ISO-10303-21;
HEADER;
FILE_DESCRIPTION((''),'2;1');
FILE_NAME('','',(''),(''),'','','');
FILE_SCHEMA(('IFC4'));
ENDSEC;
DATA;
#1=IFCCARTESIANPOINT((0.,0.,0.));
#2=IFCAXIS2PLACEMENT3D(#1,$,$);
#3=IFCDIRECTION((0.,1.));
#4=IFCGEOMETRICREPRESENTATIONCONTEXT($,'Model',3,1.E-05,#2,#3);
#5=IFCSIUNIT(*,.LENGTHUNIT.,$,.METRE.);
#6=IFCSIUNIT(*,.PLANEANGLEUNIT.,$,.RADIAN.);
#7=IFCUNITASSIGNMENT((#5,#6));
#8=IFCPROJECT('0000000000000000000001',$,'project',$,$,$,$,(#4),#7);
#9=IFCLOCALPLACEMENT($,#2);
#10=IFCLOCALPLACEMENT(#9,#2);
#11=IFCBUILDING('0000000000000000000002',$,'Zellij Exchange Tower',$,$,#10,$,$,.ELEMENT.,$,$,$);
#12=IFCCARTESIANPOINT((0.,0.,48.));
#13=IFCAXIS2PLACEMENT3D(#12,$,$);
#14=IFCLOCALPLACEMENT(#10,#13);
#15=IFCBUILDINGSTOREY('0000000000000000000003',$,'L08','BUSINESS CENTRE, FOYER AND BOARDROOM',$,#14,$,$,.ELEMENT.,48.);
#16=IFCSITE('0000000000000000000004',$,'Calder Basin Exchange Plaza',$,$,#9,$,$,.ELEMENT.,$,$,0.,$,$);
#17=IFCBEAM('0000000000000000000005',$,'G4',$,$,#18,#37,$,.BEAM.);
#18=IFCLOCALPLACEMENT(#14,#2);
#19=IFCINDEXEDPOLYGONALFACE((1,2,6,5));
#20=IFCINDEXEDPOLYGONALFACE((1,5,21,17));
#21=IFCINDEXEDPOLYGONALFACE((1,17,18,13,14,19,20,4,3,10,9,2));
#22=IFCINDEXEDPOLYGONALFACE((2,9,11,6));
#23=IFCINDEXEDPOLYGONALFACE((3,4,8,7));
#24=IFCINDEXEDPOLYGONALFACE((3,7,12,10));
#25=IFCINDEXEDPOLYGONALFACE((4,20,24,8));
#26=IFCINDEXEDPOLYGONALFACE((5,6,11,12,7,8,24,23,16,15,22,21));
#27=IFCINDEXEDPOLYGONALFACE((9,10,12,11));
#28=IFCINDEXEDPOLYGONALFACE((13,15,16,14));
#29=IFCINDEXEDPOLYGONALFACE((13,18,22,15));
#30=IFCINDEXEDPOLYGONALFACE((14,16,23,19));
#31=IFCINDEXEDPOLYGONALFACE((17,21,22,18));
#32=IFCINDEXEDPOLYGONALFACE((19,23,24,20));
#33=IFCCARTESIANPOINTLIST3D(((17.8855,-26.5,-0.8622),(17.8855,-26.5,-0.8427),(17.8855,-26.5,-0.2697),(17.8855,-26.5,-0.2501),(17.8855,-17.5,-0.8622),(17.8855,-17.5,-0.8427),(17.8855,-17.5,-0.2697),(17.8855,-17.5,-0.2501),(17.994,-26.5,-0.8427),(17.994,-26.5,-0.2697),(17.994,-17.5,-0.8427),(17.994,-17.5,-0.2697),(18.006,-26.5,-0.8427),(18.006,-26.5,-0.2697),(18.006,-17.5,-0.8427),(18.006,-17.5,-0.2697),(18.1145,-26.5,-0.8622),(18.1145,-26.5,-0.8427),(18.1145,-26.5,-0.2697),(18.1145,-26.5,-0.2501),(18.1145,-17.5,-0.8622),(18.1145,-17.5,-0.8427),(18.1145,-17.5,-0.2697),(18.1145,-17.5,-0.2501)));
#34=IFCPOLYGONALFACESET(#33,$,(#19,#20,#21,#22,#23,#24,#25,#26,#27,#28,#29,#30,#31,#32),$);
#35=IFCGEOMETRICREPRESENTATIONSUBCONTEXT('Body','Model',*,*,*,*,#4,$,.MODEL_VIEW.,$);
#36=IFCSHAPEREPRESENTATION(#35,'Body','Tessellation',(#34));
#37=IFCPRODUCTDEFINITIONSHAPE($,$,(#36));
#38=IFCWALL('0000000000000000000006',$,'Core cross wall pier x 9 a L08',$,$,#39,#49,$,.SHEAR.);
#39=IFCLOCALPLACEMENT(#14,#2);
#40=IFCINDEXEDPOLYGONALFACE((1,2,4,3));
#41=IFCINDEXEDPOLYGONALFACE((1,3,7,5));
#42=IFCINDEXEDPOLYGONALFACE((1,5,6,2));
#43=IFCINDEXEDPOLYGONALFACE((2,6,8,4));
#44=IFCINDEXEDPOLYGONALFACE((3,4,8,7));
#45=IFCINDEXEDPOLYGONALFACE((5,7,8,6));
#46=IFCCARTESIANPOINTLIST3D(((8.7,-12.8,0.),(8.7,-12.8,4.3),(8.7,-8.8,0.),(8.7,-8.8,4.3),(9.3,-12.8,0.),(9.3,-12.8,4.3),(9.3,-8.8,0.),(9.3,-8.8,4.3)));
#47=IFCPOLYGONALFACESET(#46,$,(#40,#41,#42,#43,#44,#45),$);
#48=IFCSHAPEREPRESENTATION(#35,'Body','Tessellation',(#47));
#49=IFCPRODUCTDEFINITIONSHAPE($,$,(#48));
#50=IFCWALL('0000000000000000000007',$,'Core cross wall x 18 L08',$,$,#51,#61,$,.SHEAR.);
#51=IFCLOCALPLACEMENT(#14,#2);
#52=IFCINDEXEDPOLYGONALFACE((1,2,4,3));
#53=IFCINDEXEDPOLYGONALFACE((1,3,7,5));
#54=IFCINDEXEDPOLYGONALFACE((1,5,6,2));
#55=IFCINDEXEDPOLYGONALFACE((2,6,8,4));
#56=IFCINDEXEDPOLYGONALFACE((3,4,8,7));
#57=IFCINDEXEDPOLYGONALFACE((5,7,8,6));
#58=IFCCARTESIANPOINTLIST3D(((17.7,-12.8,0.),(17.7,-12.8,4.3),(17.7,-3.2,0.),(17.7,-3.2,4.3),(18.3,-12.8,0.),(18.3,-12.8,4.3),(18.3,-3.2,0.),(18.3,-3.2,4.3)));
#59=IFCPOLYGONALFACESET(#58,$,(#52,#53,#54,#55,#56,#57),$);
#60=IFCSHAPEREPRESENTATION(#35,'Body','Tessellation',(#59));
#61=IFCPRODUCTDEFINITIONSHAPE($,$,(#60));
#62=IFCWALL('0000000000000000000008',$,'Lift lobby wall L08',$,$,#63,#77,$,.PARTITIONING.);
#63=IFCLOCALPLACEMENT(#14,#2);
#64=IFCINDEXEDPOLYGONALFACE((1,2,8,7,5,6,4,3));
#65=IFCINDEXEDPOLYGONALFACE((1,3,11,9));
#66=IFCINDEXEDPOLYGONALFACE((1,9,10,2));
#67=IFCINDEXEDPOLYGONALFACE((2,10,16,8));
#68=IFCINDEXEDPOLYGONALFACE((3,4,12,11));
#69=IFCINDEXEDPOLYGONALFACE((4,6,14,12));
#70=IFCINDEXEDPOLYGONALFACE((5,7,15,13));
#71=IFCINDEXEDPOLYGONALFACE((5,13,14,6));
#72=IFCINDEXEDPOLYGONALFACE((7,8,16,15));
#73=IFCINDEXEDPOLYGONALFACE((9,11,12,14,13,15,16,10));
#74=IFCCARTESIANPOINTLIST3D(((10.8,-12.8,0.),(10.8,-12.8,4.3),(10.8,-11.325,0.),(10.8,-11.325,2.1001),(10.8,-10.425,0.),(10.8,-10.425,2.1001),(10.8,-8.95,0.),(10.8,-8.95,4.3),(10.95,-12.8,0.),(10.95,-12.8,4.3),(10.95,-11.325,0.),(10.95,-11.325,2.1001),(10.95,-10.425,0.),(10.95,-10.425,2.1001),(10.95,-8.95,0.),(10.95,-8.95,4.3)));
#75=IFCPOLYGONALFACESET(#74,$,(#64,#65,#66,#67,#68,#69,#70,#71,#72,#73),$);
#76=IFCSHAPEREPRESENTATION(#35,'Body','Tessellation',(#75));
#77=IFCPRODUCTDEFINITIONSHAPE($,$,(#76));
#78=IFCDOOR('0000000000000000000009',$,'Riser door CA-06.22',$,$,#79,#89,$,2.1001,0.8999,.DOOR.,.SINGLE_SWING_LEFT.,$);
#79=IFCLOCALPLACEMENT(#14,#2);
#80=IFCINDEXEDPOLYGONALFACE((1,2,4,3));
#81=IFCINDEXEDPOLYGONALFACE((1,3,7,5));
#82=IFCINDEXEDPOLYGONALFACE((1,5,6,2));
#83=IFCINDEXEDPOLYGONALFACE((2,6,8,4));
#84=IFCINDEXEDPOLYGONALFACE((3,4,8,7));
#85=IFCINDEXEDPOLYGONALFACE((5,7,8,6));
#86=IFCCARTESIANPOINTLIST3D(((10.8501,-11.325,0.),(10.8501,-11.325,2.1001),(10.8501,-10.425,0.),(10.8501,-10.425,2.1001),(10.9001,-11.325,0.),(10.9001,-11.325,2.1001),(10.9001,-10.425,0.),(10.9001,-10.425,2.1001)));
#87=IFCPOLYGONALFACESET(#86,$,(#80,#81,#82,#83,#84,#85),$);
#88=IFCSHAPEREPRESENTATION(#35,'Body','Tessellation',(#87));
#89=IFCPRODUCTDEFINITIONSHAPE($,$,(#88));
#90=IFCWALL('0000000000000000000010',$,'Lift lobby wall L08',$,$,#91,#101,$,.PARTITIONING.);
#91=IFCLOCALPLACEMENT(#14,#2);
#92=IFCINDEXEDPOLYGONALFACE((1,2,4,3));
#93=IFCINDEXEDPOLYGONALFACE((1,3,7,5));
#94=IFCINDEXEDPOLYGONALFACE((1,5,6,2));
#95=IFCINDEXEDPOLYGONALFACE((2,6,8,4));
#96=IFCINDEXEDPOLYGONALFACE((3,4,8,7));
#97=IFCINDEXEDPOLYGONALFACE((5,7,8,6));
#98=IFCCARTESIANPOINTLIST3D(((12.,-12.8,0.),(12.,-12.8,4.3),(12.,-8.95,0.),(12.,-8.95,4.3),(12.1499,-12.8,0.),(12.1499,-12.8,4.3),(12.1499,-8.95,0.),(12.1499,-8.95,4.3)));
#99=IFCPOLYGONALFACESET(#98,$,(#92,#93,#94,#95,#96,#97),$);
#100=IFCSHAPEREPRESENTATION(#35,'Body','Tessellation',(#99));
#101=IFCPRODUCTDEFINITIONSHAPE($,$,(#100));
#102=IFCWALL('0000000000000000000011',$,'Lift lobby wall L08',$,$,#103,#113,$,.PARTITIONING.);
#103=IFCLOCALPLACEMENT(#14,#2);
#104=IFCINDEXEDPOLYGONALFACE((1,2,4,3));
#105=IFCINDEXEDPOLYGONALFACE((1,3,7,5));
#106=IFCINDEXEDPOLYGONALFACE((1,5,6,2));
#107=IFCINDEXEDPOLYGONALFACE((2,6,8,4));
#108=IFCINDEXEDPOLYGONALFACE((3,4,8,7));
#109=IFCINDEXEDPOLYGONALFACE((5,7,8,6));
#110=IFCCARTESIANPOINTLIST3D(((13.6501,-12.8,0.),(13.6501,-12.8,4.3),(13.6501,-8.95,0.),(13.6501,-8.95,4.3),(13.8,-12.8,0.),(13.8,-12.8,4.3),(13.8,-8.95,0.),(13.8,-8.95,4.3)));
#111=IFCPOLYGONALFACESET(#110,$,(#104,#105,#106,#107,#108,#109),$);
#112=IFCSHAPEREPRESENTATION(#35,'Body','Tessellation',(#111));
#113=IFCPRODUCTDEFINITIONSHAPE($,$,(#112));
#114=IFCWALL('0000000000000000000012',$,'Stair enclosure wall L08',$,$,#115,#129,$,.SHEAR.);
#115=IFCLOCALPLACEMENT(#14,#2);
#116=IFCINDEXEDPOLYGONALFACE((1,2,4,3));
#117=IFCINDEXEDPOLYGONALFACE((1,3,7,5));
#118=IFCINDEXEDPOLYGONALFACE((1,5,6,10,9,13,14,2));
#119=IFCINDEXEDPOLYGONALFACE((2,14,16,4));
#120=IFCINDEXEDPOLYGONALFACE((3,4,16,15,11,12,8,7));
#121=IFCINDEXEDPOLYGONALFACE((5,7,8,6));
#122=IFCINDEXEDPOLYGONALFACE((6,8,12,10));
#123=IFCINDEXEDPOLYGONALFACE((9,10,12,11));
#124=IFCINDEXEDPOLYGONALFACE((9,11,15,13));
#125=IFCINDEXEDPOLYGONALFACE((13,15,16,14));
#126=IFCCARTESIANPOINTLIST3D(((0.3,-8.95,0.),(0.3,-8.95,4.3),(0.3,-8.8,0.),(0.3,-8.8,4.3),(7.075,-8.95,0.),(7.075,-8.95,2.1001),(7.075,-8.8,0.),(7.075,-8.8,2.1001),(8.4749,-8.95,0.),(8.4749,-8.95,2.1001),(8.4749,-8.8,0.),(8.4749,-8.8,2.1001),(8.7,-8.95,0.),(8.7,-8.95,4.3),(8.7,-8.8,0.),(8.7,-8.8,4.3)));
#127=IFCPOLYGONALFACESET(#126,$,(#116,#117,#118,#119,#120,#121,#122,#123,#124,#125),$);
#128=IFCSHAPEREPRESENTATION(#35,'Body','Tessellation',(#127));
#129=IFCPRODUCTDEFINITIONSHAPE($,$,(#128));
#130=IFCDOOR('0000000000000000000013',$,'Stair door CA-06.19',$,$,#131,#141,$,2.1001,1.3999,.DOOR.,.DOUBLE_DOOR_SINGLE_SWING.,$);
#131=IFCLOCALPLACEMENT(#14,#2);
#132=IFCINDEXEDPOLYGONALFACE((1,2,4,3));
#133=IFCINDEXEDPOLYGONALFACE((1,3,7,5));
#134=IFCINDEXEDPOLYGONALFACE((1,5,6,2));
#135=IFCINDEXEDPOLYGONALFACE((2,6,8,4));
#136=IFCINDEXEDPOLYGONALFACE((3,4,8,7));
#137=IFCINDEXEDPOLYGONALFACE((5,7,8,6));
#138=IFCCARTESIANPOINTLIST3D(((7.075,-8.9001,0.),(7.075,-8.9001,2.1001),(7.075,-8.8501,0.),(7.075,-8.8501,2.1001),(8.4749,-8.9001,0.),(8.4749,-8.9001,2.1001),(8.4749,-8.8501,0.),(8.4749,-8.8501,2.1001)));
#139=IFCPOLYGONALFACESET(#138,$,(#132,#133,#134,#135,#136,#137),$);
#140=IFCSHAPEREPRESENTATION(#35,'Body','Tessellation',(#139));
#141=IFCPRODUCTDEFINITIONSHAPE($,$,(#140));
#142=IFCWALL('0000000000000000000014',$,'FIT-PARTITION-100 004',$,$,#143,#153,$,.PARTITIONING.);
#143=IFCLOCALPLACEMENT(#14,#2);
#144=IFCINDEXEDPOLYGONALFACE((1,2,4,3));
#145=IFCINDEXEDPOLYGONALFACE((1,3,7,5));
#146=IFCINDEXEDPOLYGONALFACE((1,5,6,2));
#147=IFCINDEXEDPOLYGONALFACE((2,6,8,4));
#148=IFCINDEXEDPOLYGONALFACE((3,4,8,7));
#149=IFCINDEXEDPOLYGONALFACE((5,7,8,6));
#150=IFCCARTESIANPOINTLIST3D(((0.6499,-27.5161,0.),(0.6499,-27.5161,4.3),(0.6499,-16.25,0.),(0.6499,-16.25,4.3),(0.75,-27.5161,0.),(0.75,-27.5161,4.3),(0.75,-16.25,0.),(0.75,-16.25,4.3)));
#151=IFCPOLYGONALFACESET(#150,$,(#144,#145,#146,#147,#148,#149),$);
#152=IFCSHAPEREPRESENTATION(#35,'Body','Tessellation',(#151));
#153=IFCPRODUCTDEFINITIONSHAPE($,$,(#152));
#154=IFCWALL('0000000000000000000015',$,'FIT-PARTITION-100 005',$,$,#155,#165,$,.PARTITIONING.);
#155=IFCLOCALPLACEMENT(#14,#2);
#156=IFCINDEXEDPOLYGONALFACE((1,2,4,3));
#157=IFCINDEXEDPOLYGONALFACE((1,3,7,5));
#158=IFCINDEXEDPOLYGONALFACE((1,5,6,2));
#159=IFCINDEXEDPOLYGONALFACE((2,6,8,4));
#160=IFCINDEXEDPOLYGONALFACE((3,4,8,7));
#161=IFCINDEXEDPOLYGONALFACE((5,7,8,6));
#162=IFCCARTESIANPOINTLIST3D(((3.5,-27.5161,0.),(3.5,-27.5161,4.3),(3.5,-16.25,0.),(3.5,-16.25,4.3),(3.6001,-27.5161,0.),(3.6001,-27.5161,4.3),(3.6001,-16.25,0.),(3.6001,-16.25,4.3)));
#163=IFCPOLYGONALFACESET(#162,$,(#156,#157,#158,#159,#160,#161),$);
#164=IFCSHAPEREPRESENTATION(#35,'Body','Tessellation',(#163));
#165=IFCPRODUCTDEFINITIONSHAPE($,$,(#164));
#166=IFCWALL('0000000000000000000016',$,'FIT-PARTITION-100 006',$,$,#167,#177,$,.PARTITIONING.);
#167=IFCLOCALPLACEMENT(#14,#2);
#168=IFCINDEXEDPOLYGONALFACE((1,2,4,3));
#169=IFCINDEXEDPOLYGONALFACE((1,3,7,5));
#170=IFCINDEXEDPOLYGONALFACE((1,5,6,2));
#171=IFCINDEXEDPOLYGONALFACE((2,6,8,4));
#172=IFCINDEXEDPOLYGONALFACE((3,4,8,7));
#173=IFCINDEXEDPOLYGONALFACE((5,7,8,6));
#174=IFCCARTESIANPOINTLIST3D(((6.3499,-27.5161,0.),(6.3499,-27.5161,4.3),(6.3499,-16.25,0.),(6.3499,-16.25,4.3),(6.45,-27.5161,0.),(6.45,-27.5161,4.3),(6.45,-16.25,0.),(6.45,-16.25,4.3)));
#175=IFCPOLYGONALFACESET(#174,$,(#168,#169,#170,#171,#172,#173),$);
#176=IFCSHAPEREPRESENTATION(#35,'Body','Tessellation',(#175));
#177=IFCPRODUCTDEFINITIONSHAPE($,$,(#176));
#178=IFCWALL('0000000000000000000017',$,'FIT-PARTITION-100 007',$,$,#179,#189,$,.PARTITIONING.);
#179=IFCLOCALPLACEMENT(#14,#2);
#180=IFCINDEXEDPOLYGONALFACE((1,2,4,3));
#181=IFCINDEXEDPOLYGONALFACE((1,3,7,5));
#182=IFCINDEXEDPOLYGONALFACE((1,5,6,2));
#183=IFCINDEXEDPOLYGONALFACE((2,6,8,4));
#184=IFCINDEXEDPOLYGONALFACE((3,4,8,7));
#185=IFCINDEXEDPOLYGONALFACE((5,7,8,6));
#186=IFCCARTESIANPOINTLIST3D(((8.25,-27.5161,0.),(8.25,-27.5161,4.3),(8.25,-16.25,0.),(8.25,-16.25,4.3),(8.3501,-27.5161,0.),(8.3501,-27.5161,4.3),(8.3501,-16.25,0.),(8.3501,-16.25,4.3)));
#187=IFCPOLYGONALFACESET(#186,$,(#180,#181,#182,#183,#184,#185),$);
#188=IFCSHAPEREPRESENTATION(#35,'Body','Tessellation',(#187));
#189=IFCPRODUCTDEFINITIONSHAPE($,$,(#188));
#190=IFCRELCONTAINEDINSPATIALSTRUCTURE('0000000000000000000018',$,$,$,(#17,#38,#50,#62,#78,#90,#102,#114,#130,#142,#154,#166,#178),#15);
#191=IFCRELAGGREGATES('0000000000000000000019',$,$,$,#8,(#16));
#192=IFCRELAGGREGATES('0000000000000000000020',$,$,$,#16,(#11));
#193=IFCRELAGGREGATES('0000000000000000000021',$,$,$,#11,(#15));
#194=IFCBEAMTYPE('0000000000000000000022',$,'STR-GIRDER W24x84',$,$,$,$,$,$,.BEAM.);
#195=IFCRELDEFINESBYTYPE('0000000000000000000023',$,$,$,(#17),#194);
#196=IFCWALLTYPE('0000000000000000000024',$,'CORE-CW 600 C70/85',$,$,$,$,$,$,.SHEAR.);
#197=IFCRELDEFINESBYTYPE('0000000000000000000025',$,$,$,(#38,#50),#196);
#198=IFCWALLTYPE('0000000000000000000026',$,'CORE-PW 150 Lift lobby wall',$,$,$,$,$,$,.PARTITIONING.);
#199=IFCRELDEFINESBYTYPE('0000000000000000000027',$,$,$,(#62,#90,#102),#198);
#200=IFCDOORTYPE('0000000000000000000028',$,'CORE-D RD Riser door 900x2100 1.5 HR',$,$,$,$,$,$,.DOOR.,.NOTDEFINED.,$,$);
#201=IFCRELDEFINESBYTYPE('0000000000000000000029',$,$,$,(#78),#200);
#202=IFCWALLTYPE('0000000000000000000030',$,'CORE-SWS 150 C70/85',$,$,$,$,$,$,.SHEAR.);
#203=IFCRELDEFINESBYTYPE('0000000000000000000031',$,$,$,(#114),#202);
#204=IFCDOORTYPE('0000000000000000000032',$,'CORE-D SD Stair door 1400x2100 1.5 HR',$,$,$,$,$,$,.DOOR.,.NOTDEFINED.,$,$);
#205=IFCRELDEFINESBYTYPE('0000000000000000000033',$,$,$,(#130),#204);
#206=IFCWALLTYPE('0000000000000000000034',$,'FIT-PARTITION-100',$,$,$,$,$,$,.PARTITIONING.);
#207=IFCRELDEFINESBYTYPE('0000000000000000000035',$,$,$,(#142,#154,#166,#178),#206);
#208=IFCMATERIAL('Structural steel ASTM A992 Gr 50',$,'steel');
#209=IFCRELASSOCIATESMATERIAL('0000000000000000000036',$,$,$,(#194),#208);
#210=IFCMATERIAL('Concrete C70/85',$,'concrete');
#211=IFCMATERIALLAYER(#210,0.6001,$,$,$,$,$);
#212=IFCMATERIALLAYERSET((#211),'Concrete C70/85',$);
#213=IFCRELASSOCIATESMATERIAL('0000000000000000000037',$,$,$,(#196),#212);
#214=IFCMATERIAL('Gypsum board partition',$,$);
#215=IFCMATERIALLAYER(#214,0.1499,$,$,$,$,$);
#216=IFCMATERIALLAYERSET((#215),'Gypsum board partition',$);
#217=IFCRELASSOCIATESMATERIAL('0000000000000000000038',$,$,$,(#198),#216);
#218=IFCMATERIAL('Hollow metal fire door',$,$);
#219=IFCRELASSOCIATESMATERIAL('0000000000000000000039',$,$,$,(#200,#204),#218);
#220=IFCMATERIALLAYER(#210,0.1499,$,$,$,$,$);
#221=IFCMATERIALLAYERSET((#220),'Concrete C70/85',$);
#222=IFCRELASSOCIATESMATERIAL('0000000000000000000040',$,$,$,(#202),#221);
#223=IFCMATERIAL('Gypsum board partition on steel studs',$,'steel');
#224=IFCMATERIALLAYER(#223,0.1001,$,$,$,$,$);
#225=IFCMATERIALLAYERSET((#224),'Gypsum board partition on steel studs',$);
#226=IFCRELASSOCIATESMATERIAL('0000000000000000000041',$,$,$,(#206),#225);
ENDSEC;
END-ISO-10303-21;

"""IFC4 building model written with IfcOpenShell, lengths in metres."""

from ifc_helpers import new_model, si_unit, direction, frame, frame_2d, origin, origin_2d, place, context, subcontext, project, spatial, rectangle, i_section, extrude, material, layer, layer_set, material_profile, profile_set, type_object, element, fill, save


model = new_model("IFC4")

# Units and contexts
model_context = context("Model", 3, precision=1e-05, world=origin(), true_north=direction((0.0, 1.0)))
body_context = subcontext(model_context, "Body", "Model", "MODEL_VIEW")
ifc_project = project(units=[si_unit("LENGTHUNIT", "METRE"), si_unit("PLANEANGLEUNIT", "RADIAN")], contexts=[model_context])

# Site, building, storey
site_placement = place(None, origin())
site = spatial("IfcSite", under=ifc_project, at=site_placement, Name="Calder Basin Exchange Plaza", CompositionType="ELEMENT", RefElevation=0.0)
building_placement = place(site_placement, origin())
building = spatial("IfcBuilding", under=site, at=building_placement, Name="Zellij Exchange Tower", CompositionType="ELEMENT")
storey_placement = place(building_placement, frame((0.0, 0.0, 48.0)))
storey = spatial("IfcBuildingStorey", under=building, at=storey_placement, Name="L08", Description="BUSINESS CENTRE, FOYER AND BOARDROOM", CompositionType="ELEMENT", Elevation=48.0)

# Shared definitions
ifc_material_1 = material(Name="Concrete C70/85", Category="concrete")

# Beam
ifc_material_2 = material(Name="Structural steel ASTM A992 Gr 50", Category="steel")
ifc_material_profile_1 = material_profile(ifc_material_2, i_section(OverallWidth=0.229, OverallDepth=0.6121, WebThickness=0.012, FlangeThickness=0.0195, at=origin_2d()), Name="W24x84")
ifc_profile_set_1 = profile_set([ifc_material_profile_1], Name="Structural steel ASTM A992 Gr 50")
beam_type_1 = type_object("IfcBeamType", Name="STR-GIRDER W24x84", PredefinedType="BEAM", material=ifc_profile_set_1)
for number, where, z_axis, x_axis, name in (
    (1, (18.0, -26.5, -0.5562), (0.0, 1.0, 0.0), (-1.0, 0.0, 0.0), "G4"),
):
    element("IfcBeam", number, at=place(storey_placement, frame(where, z_axis=z_axis, x_axis=x_axis)), inside=storey, type_object=beam_type_1, Name=name, PredefinedType="BEAM", context=body_context, shape_type="SweptSolid", body=[
        extrude(i_section(OverallWidth=0.229, OverallDepth=0.6121, WebThickness=0.012, FlangeThickness=0.0195, at=origin_2d()), origin(), (0.0, 0.0, 1.0), 9.0),
    ])

# Walls
ifc_layer_1 = layer(ifc_material_1, 0.6001)
ifc_layer_set_1 = layer_set([ifc_layer_1], Name="Concrete C70/85")
wall_type_1 = type_object("IfcWallType", Name="CORE-CW 600 C70/85", PredefinedType="SHEAR", material=ifc_layer_set_1)
wall_1_placement = place(storey_placement, frame((9.0, -12.8, 0.0), z_axis=(0.0, 0.0, 1.0), x_axis=(0.0, 1.0, 0.0)))
element("IfcWall", 2, at=wall_1_placement, inside=storey, type_object=wall_type_1, Name="Core cross wall pier x 9 a L08", PredefinedType="SHEAR", context=body_context, shape_type="SweptSolid", body=[
    extrude(rectangle(XDim=4.0, YDim=0.6001, at=frame_2d((2.0, 0.0))), origin(), (0.0, 0.0, 1.0), 4.3),
])
wall_2_placement = place(storey_placement, frame((18.0, -12.8, 0.0), z_axis=(0.0, 0.0, 1.0), x_axis=(0.0, 1.0, 0.0)))
element("IfcWall", 3, at=wall_2_placement, inside=storey, type_object=wall_type_1, Name="Core cross wall x 18 L08", PredefinedType="SHEAR", context=body_context, shape_type="SweptSolid", body=[
    extrude(rectangle(XDim=9.6001, YDim=0.6001, at=frame_2d((4.8, 0.0))), origin(), (0.0, 0.0, 1.0), 4.3),
])

# Wall, opening, door
ifc_material_3 = material(Name="Gypsum board partition")
ifc_layer_2 = layer(ifc_material_3, 0.1499)
ifc_layer_set_2 = layer_set([ifc_layer_2], Name="Gypsum board partition")
wall_type_2 = type_object("IfcWallType", Name="CORE-PW 150 Lift lobby wall", PredefinedType="PARTITIONING", material=ifc_layer_set_2)
wall_3_placement = place(storey_placement, frame((10.875, -12.8, 0.0), z_axis=(0.0, 0.0, 1.0), x_axis=(0.0, 1.0, 0.0)))
wall_3 = element("IfcWall", 4, at=wall_3_placement, inside=storey, type_object=wall_type_2, Name="Lift lobby wall L08", PredefinedType="PARTITIONING", context=body_context, shape_type="SweptSolid", body=[
    extrude(rectangle(XDim=3.8501, YDim=0.1499, at=frame_2d((1.925, 0.0))), origin(), (0.0, 0.0, 1.0), 4.3),
])
opening_1_placement = place(wall_3_placement, frame((1.4751, 0.0, 0.0)))
opening_1 = element("IfcOpeningElement", 5, at=opening_1_placement, cuts=wall_3, PredefinedType="OPENING", context=body_context, shape_type="SweptSolid", body=[
    extrude(rectangle(XDim=0.8999, YDim=2.1001, at=frame_2d((0.45, 1.05))), frame((0.0, 0.0869, 0.0), z_axis=(0.0, -1.0, 0.0), x_axis=(1.0, 0.0, 0.0)), (0.0, 0.0, 1.0), 0.1738),
])
ifc_material_4 = material(Name="Hollow metal fire door")
door_type_1 = type_object("IfcDoorType", Name="CORE-D RD Riser door 900x2100 1.5 HR", OperationType="NOTDEFINED", PredefinedType="DOOR", material=ifc_material_4)
door_1_placement = place(opening_1_placement, origin())
door_1 = element("IfcDoor", 6, at=door_1_placement, inside=storey, type_object=door_type_1, Name="Riser door CA-06.22", OperationType="SINGLE_SWING_LEFT", OverallHeight=2.1001, OverallWidth=0.8999, PredefinedType="DOOR", context=body_context, shape_type="SweptSolid", body=[
    extrude(rectangle(XDim=0.8999, YDim=2.1001, at=frame_2d((0.45, 1.05))), frame((0.0, 0.0249, 0.0), z_axis=(0.0, -1.0, 0.0), x_axis=(1.0, 0.0, 0.0)), (0.0, 0.0, 1.0), 0.05),
])
fill(opening_1, door_1)

# Walls
for number, where, z_axis, x_axis, name in (
    (7, (12.075, -12.8, 0.0), (0.0, 0.0, 1.0), (0.0, 1.0, 0.0), "Lift lobby wall L08"),
    (8, (13.7251, -12.8, 0.0), (0.0, 0.0, 1.0), (0.0, 1.0, 0.0), "Lift lobby wall L08"),
):
    element("IfcWall", number, at=place(storey_placement, frame(where, z_axis=z_axis, x_axis=x_axis)), inside=storey, type_object=wall_type_2, Name=name, PredefinedType="PARTITIONING", context=body_context, shape_type="SweptSolid", body=[
        extrude(rectangle(XDim=3.8501, YDim=0.1499, at=frame_2d((1.925, 0.0))), origin(), (0.0, 0.0, 1.0), 4.3),
    ])

# Wall, opening, door
ifc_layer_3 = layer(ifc_material_1, 0.1499)
ifc_layer_set_3 = layer_set([ifc_layer_3], Name="Concrete C70/85")
wall_type_3 = type_object("IfcWallType", Name="CORE-SWS 150 C70/85", PredefinedType="SHEAR", material=ifc_layer_set_3)
wall_4_placement = place(storey_placement, frame((0.3, -8.875, 0.0), z_axis=(0.0, 0.0, 1.0), x_axis=(1.0, 0.0, 0.0)))
wall_4 = element("IfcWall", 9, at=wall_4_placement, inside=storey, type_object=wall_type_3, Name="Stair enclosure wall L08", PredefinedType="SHEAR", context=body_context, shape_type="SweptSolid", body=[
    extrude(rectangle(XDim=8.3999, YDim=0.1499, at=frame_2d((4.2, 0.0))), origin(), (0.0, 0.0, 1.0), 4.3),
])
opening_2_placement = place(wall_4_placement, frame((6.7749, 0.0, 0.0)))
opening_2 = element("IfcOpeningElement", 10, at=opening_2_placement, cuts=wall_4, PredefinedType="OPENING", context=body_context, shape_type="SweptSolid", body=[
    extrude(rectangle(XDim=1.3999, YDim=2.1001, at=frame_2d((0.7, 1.05))), frame((0.0, 0.0869, 0.0), z_axis=(0.0, -1.0, 0.0), x_axis=(1.0, 0.0, 0.0)), (0.0, 0.0, 1.0), 0.1738),
])
door_type_2 = type_object("IfcDoorType", Name="CORE-D SD Stair door 1400x2100 1.5 HR", OperationType="NOTDEFINED", PredefinedType="DOOR", material=ifc_material_4)
door_2_placement = place(opening_2_placement, origin())
door_2 = element("IfcDoor", 11, at=door_2_placement, inside=storey, type_object=door_type_2, Name="Stair door CA-06.19", OperationType="DOUBLE_DOOR_SINGLE_SWING", OverallHeight=2.1001, OverallWidth=1.3999, PredefinedType="DOOR", context=body_context, shape_type="SweptSolid", body=[
    extrude(rectangle(XDim=1.3999, YDim=2.1001, at=frame_2d((0.7, 1.05))), frame((0.0, 0.0249, 0.0), z_axis=(0.0, -1.0, 0.0), x_axis=(1.0, 0.0, 0.0)), (0.0, 0.0, 1.0), 0.05),
])
fill(opening_2, door_2)

# Walls
ifc_material_5 = material(Name="Gypsum board partition on steel studs", Category="steel")
ifc_layer_4 = layer(ifc_material_5, 0.1001)
ifc_layer_set_4 = layer_set([ifc_layer_4], Name="Gypsum board partition on steel studs")
wall_type_4 = type_object("IfcWallType", Name="FIT-PARTITION-100", PredefinedType="PARTITIONING", material=ifc_layer_set_4)
for number, where, z_axis, x_axis, name in (
    (12, (0.7, -27.5161, 0.0), (0.0, 0.0, 1.0), (0.0, 1.0, 0.0), "FIT-PARTITION-100 004"),
    (13, (3.55, -27.5161, 0.0), (0.0, 0.0, 1.0), (0.0, 1.0, 0.0), "FIT-PARTITION-100 005"),
    (14, (6.3999, -27.5161, 0.0), (0.0, 0.0, 1.0), (0.0, 1.0, 0.0), "FIT-PARTITION-100 006"),
    (15, (8.3, -27.5161, 0.0), (0.0, 0.0, 1.0), (0.0, 1.0, 0.0), "FIT-PARTITION-100 007"),
):
    element("IfcWall", number, at=place(storey_placement, frame(where, z_axis=z_axis, x_axis=x_axis)), inside=storey, type_object=wall_type_4, Name=name, PredefinedType="PARTITIONING", context=body_context, shape_type="SweptSolid", body=[
        extrude(rectangle(XDim=11.2661, YDim=0.1001, at=frame_2d((5.6331, 0.0))), origin(), (0.0, 0.0, 1.0), 4.3),
    ])

save(model, "model.ifc")
